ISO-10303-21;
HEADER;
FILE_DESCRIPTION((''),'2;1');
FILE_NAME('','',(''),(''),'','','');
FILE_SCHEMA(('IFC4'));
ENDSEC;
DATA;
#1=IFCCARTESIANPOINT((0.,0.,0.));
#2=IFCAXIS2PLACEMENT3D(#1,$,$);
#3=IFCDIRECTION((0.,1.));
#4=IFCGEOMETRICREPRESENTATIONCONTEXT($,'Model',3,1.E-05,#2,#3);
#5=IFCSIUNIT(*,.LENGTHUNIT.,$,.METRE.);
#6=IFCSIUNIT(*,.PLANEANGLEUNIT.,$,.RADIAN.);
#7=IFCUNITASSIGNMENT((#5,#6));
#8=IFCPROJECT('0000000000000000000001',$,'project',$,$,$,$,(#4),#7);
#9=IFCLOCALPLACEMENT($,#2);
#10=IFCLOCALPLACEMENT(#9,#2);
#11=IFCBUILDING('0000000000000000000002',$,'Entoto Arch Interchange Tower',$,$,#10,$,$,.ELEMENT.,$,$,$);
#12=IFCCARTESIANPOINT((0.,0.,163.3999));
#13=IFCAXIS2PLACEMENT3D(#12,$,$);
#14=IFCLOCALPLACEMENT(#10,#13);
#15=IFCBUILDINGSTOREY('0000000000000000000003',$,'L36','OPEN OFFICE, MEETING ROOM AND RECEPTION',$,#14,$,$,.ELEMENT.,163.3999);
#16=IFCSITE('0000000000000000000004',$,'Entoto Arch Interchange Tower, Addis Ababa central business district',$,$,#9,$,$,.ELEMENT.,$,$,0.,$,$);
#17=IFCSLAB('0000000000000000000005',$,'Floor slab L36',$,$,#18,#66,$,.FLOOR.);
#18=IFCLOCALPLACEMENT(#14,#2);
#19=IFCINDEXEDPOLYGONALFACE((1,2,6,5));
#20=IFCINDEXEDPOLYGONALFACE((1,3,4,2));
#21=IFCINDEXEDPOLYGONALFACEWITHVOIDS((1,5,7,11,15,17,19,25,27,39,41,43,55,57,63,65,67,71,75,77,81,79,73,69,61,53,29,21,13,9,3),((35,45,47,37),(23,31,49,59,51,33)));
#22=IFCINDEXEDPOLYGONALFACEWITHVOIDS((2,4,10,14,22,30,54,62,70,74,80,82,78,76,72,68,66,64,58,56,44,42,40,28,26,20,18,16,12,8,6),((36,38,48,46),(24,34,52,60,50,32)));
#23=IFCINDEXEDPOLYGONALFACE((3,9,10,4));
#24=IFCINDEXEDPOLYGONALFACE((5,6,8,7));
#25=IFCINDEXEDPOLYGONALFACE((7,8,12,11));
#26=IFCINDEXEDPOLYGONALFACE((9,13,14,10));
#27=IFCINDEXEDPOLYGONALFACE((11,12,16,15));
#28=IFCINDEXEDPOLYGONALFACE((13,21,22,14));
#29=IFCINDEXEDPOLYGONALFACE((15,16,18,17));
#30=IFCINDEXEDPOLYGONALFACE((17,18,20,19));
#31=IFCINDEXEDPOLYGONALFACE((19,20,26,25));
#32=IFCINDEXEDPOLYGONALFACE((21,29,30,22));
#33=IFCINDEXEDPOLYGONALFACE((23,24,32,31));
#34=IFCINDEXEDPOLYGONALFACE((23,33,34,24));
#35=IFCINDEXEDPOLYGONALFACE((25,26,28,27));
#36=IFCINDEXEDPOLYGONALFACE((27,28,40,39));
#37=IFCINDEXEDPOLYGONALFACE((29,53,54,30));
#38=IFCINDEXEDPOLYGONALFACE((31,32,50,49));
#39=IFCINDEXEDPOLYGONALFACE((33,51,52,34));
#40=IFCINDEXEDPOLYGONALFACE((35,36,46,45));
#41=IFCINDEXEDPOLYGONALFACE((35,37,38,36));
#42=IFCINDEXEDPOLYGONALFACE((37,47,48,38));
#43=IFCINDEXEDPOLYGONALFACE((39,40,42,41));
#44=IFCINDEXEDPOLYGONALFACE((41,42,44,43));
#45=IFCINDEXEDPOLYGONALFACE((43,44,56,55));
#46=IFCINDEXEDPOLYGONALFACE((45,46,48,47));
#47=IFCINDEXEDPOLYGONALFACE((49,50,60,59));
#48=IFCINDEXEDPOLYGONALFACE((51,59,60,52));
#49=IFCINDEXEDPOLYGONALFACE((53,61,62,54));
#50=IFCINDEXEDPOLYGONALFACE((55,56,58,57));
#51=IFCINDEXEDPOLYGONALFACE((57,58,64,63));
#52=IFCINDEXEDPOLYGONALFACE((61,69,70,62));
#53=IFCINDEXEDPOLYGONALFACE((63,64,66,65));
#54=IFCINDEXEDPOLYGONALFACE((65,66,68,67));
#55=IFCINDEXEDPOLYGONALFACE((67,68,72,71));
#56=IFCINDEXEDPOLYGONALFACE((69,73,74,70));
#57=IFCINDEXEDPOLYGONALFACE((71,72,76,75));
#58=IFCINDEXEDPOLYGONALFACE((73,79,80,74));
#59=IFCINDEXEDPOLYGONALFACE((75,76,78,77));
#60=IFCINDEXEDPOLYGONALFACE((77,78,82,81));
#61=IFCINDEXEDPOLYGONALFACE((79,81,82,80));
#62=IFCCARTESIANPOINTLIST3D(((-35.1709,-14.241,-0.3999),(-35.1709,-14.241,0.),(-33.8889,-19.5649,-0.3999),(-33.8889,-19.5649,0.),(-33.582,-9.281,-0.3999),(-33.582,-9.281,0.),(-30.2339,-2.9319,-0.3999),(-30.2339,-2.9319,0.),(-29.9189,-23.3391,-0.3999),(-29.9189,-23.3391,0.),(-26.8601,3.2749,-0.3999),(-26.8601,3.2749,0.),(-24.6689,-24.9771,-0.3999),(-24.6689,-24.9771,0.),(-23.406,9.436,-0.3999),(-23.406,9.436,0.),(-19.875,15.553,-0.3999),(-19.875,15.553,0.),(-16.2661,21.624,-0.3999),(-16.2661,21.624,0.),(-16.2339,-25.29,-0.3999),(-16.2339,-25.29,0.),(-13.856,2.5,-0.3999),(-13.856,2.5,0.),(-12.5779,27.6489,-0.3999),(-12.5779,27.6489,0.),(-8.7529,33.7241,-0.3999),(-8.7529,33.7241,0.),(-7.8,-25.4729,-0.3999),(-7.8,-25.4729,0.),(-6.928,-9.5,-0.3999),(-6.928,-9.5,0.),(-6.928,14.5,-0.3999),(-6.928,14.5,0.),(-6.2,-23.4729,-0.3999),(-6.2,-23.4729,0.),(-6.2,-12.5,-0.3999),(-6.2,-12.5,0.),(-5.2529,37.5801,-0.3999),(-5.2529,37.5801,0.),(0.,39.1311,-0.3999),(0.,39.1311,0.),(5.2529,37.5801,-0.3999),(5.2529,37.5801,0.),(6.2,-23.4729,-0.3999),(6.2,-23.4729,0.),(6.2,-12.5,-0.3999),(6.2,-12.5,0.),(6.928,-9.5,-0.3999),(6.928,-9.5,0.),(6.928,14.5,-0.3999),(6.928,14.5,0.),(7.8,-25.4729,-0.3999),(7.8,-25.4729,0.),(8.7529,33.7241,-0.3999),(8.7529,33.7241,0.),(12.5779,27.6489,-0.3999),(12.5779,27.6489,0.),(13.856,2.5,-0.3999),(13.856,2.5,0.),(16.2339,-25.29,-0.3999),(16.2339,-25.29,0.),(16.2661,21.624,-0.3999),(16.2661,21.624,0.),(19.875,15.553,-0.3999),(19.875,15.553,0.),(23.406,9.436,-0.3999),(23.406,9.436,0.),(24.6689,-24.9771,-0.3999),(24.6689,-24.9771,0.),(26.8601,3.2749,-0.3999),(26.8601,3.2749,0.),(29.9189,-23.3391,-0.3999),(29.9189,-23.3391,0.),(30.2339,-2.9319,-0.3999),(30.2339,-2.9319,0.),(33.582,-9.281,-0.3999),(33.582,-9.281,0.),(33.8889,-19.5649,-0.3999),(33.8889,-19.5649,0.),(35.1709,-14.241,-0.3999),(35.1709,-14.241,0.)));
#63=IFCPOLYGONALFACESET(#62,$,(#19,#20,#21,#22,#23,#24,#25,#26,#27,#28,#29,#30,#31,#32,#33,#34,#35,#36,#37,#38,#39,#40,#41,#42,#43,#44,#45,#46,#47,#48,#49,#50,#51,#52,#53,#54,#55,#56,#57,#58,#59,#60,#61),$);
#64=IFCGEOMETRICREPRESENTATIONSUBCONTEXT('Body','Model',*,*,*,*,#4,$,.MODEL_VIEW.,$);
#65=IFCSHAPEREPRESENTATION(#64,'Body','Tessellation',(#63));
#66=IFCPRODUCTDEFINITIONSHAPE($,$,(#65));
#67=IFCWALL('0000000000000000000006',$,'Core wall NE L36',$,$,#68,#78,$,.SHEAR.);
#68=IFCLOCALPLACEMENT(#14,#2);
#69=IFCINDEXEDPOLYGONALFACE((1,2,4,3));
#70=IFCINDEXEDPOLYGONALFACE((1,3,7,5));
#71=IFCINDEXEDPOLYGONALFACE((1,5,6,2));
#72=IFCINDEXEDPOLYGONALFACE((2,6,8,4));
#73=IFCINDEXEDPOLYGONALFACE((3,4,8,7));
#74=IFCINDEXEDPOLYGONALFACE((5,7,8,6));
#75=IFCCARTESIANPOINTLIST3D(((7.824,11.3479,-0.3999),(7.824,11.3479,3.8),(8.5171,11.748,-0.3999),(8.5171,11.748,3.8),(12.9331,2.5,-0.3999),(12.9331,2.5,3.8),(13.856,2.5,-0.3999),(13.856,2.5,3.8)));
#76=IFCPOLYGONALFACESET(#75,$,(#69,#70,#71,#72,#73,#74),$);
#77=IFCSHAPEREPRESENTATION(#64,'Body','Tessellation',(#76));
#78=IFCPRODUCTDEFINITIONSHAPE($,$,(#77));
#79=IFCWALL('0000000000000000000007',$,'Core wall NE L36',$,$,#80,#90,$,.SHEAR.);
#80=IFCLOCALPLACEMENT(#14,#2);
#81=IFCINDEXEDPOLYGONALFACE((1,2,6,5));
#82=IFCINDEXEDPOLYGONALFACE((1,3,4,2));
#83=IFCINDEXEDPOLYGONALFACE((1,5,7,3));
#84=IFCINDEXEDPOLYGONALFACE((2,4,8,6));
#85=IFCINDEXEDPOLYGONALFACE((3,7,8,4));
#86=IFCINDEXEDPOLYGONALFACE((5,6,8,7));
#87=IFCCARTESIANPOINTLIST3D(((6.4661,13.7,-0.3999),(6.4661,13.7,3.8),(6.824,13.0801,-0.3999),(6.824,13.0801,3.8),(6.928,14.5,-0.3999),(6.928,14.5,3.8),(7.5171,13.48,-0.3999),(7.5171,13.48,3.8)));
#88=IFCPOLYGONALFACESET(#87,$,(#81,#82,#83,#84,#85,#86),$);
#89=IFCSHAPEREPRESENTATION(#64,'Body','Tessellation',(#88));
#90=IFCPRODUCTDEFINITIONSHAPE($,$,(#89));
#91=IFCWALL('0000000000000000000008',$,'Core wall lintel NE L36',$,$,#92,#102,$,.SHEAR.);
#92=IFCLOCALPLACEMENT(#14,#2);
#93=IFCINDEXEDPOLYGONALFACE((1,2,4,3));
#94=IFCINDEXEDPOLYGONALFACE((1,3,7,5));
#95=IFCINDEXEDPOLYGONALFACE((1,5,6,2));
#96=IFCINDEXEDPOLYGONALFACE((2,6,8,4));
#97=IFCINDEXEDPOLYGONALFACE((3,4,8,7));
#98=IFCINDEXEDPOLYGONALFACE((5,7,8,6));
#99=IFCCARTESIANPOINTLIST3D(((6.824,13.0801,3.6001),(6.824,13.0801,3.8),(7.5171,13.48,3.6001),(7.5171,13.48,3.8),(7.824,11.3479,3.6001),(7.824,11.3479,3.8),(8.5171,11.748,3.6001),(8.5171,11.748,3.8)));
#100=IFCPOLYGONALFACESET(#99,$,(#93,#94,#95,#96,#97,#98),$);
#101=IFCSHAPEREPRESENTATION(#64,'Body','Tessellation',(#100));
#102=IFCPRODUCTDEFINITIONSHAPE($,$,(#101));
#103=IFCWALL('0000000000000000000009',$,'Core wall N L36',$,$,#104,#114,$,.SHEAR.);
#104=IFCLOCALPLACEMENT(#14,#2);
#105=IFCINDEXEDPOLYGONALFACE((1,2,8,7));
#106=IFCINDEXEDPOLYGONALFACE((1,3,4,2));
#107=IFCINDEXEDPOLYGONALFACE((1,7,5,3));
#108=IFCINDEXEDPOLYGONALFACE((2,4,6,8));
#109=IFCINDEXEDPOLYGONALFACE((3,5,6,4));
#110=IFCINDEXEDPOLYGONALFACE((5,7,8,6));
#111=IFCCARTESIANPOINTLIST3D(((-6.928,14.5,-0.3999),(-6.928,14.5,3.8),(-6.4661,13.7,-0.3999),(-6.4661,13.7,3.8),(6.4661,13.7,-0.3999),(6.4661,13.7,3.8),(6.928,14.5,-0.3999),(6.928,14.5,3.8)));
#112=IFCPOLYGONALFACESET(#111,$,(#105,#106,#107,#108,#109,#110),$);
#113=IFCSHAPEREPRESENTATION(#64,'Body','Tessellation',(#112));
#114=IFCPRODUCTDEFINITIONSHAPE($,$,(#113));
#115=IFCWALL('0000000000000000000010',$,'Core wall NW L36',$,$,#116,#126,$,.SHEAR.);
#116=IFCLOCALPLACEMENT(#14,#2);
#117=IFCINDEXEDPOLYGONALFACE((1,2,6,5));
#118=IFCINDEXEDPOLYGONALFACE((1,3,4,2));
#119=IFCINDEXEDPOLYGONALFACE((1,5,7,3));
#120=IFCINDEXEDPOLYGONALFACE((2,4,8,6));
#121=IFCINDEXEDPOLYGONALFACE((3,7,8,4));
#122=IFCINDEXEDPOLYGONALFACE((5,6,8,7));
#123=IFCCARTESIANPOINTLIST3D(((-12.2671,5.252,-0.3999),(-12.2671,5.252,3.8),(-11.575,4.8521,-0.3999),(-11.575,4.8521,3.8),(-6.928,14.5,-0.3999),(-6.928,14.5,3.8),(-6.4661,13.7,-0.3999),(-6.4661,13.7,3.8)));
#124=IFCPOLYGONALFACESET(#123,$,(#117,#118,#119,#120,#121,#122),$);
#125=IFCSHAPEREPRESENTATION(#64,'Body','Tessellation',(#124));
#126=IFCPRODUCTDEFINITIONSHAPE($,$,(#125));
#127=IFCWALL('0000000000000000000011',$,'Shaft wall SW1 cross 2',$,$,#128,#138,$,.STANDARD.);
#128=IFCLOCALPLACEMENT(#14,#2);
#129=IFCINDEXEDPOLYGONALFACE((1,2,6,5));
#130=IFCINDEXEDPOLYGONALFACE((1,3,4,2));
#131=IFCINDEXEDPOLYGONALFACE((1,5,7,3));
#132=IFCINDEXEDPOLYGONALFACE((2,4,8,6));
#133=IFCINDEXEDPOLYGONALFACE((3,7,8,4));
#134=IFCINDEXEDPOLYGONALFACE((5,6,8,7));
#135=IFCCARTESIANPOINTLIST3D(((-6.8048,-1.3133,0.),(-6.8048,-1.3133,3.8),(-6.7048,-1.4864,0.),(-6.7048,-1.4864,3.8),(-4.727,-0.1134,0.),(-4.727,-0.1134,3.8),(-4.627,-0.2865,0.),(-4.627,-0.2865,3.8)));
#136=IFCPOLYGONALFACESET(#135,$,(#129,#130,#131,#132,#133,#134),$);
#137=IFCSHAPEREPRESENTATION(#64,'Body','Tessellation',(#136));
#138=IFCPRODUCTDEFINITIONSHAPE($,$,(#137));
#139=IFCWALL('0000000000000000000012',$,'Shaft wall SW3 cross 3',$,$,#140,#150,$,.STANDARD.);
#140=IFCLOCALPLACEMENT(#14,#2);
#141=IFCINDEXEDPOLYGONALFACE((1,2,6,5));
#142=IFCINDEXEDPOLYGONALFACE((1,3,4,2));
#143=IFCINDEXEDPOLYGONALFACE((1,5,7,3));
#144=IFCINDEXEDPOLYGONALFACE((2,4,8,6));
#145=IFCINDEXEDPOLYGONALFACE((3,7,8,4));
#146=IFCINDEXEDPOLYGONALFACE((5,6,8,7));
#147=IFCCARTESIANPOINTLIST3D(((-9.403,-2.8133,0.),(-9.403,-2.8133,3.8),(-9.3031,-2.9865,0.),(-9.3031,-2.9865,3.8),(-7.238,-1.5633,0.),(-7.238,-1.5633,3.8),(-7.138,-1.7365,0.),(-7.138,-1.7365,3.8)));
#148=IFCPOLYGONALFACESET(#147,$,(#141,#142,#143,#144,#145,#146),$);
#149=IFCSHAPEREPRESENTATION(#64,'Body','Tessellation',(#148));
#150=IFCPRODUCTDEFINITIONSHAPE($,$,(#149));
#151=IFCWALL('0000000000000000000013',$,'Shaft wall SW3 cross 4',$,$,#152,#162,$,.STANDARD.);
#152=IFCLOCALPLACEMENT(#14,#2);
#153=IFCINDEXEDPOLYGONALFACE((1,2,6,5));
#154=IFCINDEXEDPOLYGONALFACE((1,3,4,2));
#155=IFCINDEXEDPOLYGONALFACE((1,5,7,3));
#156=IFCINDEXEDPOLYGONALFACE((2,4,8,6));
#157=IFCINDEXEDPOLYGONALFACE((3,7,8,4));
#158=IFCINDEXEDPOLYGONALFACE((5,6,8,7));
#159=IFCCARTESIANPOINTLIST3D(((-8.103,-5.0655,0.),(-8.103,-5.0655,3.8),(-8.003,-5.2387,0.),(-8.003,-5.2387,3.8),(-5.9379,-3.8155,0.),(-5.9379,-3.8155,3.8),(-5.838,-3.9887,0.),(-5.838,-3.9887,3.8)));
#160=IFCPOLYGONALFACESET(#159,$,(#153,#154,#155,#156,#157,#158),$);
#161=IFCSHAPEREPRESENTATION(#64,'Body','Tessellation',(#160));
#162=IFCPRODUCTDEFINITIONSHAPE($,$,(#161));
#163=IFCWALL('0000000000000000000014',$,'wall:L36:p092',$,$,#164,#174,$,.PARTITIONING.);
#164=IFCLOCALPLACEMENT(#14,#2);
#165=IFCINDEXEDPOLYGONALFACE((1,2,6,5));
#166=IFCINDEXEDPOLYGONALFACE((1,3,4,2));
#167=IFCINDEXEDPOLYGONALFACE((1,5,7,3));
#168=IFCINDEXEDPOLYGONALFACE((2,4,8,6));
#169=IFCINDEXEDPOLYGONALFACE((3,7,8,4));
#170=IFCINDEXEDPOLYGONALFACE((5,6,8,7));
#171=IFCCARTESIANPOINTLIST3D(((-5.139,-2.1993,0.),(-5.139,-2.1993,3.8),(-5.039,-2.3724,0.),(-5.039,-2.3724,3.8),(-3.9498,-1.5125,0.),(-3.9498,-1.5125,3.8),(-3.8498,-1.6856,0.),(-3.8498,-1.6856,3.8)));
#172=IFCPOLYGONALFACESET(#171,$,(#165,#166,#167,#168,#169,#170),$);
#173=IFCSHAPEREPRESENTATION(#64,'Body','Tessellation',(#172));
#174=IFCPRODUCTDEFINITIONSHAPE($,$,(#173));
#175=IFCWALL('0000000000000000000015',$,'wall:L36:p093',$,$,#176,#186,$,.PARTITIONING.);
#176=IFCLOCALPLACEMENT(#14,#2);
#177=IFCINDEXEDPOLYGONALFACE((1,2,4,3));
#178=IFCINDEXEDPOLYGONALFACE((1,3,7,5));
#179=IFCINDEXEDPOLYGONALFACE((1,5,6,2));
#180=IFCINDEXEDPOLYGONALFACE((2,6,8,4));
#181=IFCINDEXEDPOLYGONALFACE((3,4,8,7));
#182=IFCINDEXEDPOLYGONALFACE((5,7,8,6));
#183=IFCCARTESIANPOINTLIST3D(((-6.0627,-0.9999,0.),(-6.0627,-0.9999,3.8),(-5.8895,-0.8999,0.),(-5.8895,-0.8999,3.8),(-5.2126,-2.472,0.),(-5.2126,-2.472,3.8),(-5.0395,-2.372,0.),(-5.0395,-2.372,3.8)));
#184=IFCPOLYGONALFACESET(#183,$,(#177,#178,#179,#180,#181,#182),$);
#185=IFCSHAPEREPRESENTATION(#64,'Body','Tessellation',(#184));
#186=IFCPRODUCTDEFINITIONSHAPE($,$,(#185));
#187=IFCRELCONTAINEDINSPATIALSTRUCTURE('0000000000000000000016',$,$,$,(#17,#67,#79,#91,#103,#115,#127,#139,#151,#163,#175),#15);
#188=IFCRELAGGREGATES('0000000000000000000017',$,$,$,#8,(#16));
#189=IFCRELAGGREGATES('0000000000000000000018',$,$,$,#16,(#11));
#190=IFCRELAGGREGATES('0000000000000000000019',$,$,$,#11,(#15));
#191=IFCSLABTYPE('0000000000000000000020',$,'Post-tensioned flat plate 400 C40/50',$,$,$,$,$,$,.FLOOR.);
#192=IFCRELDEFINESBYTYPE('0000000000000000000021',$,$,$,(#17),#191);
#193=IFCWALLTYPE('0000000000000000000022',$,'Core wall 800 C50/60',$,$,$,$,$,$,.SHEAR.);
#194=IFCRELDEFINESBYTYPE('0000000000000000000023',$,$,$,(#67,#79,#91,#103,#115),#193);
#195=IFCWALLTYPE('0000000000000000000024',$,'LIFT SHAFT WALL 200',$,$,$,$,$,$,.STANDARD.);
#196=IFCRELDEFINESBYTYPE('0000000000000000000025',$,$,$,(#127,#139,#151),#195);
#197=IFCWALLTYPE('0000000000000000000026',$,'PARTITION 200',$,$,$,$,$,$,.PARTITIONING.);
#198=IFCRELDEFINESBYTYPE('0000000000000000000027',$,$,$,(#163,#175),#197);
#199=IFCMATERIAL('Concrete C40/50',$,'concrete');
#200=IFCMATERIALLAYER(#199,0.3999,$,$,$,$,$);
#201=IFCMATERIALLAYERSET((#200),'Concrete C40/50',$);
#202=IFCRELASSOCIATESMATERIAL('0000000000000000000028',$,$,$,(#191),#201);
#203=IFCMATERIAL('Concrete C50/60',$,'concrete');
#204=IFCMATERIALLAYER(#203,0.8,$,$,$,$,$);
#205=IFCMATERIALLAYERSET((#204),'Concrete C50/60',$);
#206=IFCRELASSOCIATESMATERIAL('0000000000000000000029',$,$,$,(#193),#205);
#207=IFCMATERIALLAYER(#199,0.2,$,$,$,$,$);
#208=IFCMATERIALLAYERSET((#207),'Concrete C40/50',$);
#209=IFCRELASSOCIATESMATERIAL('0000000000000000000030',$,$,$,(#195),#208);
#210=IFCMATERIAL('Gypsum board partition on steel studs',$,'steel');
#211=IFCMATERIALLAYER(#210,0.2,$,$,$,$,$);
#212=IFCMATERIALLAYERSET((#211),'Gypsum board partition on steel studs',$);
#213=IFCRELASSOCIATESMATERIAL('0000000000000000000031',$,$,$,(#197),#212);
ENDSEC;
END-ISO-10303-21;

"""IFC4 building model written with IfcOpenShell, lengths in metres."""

from ifc_helpers import new_model, si_unit, direction, frame, frame_2d, origin, place, context, subcontext, project, spatial, polyline, rectangle, outline, extrude, material, layer, layer_set, type_object, element, save


model = new_model("IFC4")

# Units and contexts
model_context = context("Model", 3, precision=1e-05, world=origin(), true_north=direction((0.0, 1.0)))
body_context = subcontext(model_context, "Body", "Model", "MODEL_VIEW")
ifc_project = project(units=[si_unit("LENGTHUNIT", "METRE"), si_unit("PLANEANGLEUNIT", "RADIAN")], contexts=[model_context])

# Site, building, storey
site_placement = place(None, origin())
site = spatial("IfcSite", under=ifc_project, at=site_placement, Name="Entoto Arch Interchange Tower, Addis Ababa central business district", CompositionType="ELEMENT", RefElevation=0.0)
building_placement = place(site_placement, origin())
building = spatial("IfcBuilding", under=site, at=building_placement, Name="Entoto Arch Interchange Tower", CompositionType="ELEMENT")
storey_placement = place(building_placement, frame((0.0, 0.0, 163.3999)))
storey = spatial("IfcBuildingStorey", under=building, at=storey_placement, Name="L36", Description="OPEN OFFICE, MEETING ROOM AND RECEPTION", CompositionType="ELEMENT", Elevation=163.3999)

# Slab
ifc_material_1 = material(Name="Concrete C40/50", Category="concrete")
ifc_layer_1 = layer(ifc_material_1, 0.3999)
ifc_layer_set_1 = layer_set([ifc_layer_1], Name="Concrete C40/50")
slab_type = type_object("IfcSlabType", Name="Post-tensioned flat plate 400 C40/50", PredefinedType="FLOOR", material=ifc_layer_set_1)
slab_placement = place(storey_placement, frame((0.0, 0.0, -0.3999)))
element("IfcSlab", 1, at=slab_placement, inside=storey, type_object=slab_type, Name="Floor slab L36", PredefinedType="FLOOR", context=body_context, shape_type="SweptSolid", body=[
    extrude(outline(polyline([(-24.6689, -24.9771), (-16.2339, -25.29), (-7.8, -25.4729), (7.8, -25.4729), (16.2339, -25.29), (24.6689, -24.9771), (29.9189, -23.3391), (33.8889, -19.5649), (35.1709, -14.241), (33.582, -9.281), (30.2339, -2.9319), (26.8601, 3.2749), (23.406, 9.436), (19.875, 15.553), (16.2661, 21.624), (12.5779, 27.6489), (8.7529, 33.7241), (5.2529, 37.5801), (0.0, 39.1311), (-5.2529, 37.5801), (-8.7529, 33.7241), (-12.5779, 27.6489), (-16.2661, 21.624), (-19.875, 15.553), (-23.406, 9.436), (-26.8601, 3.2749), (-30.2339, -2.9319), (-33.582, -9.281), (-35.1709, -14.241), (-33.8889, -19.5649), (-29.9189, -23.3391), (-24.6689, -24.9771)]), holes=[polyline([(6.2, -23.4729), (6.2, -12.5), (-6.2, -12.5), (-6.2, -23.4729), (6.2, -23.4729)]), polyline([(13.856, 2.5), (6.928, 14.5), (-6.928, 14.5), (-13.856, 2.5), (-6.928, -9.5), (6.928, -9.5), (13.856, 2.5)])]), origin(), (0.0, 0.0, 1.0), 0.3999),
])

# Walls
ifc_material_2 = material(Name="Concrete C50/60", Category="concrete")
ifc_layer_2 = layer(ifc_material_2, 0.8)
ifc_layer_set_2 = layer_set([ifc_layer_2], Name="Concrete C50/60")
wall_type_1 = type_object("IfcWallType", Name="Core wall 800 C50/60", PredefinedType="SHEAR", material=ifc_layer_set_2)
wall_1_placement = place(storey_placement, frame((0.0, 0.0, -0.3999)))
element("IfcWall", 2, at=wall_1_placement, inside=storey, type_object=wall_type_1, Name="Core wall NE L36", PredefinedType="SHEAR", context=body_context, shape_type="SweptSolid", body=[
    extrude(outline(polyline([(8.5171, 11.748), (7.824, 11.3479), (12.9331, 2.5), (13.856, 2.5), (8.5171, 11.748)])), origin(), (0.0, 0.0, 1.0), 4.2),
])
wall_2_placement = place(storey_placement, frame((0.0, 0.0, -0.3999)))
element("IfcWall", 3, at=wall_2_placement, inside=storey, type_object=wall_type_1, Name="Core wall NE L36", PredefinedType="SHEAR", context=body_context, shape_type="SweptSolid", body=[
    extrude(outline(polyline([(6.824, 13.0801), (7.5171, 13.48), (6.928, 14.5), (6.4661, 13.7), (6.824, 13.0801)])), origin(), (0.0, 0.0, 1.0), 4.2),
])
wall_3_placement = place(storey_placement, frame((0.0, 0.0, 3.6001)))
element("IfcWall", 4, at=wall_3_placement, inside=storey, type_object=wall_type_1, Name="Core wall lintel NE L36", PredefinedType="SHEAR", context=body_context, shape_type="SweptSolid", body=[
    extrude(outline(polyline([(7.5171, 13.48), (6.824, 13.0801), (7.824, 11.3479), (8.5171, 11.748), (7.5171, 13.48)])), origin(), (0.0, 0.0, 1.0), 0.2),
])
wall_4_placement = place(storey_placement, frame((0.0, 0.0, -0.3999)))
element("IfcWall", 5, at=wall_4_placement, inside=storey, type_object=wall_type_1, Name="Core wall N L36", PredefinedType="SHEAR", context=body_context, shape_type="SweptSolid", body=[
    extrude(outline(polyline([(6.928, 14.5), (-6.928, 14.5), (-6.4661, 13.7), (6.4661, 13.7), (6.928, 14.5)])), origin(), (0.0, 0.0, 1.0), 4.2),
])
wall_5_placement = place(storey_placement, frame((0.0, 0.0, -0.3999)))
element("IfcWall", 6, at=wall_5_placement, inside=storey, type_object=wall_type_1, Name="Core wall NW L36", PredefinedType="SHEAR", context=body_context, shape_type="SweptSolid", body=[
    extrude(outline(polyline([(-12.2671, 5.252), (-11.575, 4.8521), (-6.4661, 13.7), (-6.928, 14.5), (-12.2671, 5.252)])), origin(), (0.0, 0.0, 1.0), 4.2),
])
ifc_layer_3 = layer(ifc_material_1, 0.2)
ifc_layer_set_3 = layer_set([ifc_layer_3], Name="Concrete C40/50")
wall_type_2 = type_object("IfcWallType", Name="LIFT SHAFT WALL 200", PredefinedType="STANDARD", material=ifc_layer_set_3)
wall_6_placement = place(storey_placement, frame((-4.677, -0.2, 0.0), z_axis=(0.0, 0.0, 1.0), x_axis=(-0.865974, -0.500089, 0.0)))
element("IfcWall", 7, at=wall_6_placement, inside=storey, type_object=wall_type_2, Name="Shaft wall SW1 cross 2", PredefinedType="STANDARD", context=body_context, shape_type="SweptSolid", body=[
    extrude(rectangle(XDim=2.3994, YDim=0.2, at=frame_2d((1.1997, 0.0))), origin(), (0.0, 0.0, 1.0), 3.8),
])
for number, where, z_axis, x_axis, name in (
    (8, (-7.188, -1.6499, 0.0), (0.0, 0.0, 1.0), (-0.866023, -0.500004, 0.0), "Shaft wall SW3 cross 3"),
    (9, (-5.8879, -3.9021, 0.0), (0.0, 0.0, 1.0), (-0.866023, -0.500004, 0.0), "Shaft wall SW3 cross 4"),
):
    element("IfcWall", number, at=place(storey_placement, frame(where, z_axis=z_axis, x_axis=x_axis)), inside=storey, type_object=wall_type_2, Name=name, PredefinedType="STANDARD", context=body_context, shape_type="SweptSolid", body=[
        extrude(rectangle(XDim=2.5, YDim=0.2, at=frame_2d((1.25, 0.0))), origin(), (0.0, 0.0, 1.0), 3.8),
    ])
ifc_material_3 = material(Name="Gypsum board partition on steel studs", Category="steel")
ifc_layer_4 = layer(ifc_material_3, 0.2)
ifc_layer_set_4 = layer_set([ifc_layer_4], Name="Gypsum board partition on steel studs")
wall_type_3 = type_object("IfcWallType", Name="PARTITION 200", PredefinedType="PARTITIONING", material=ifc_layer_set_4)
wall_7_placement = place(storey_placement, frame((-3.8999, -1.5991, 0.0), z_axis=(0.0, 0.0, 1.0), x_axis=(-0.865969, -0.500097, 0.0)))
element("IfcWall", 10, at=wall_7_placement, inside=storey, type_object=wall_type_3, Name="wall:L36:p092", PredefinedType="PARTITIONING", context=body_context, shape_type="SweptSolid", body=[
    extrude(rectangle(XDim=1.3733, YDim=0.2, at=frame_2d((0.6865, 0.0))), origin(), (0.0, 0.0, 1.0), 3.8),
])
wall_8_placement = place(storey_placement, frame((-5.126, -2.4221, 0.0), z_axis=(0.0, 0.0, 1.0), x_axis=(-0.500062, 0.865989, 0.0)))
element("IfcWall", 11, at=wall_8_placement, inside=storey, type_object=wall_type_3, Name="wall:L36:p093", PredefinedType="PARTITIONING", context=body_context, shape_type="SweptSolid", body=[
    extrude(rectangle(XDim=1.7, YDim=0.2, at=frame_2d((0.8501, 0.0))), origin(), (0.0, 0.0, 1.0), 3.8),
])

save(model, "model.ifc")
